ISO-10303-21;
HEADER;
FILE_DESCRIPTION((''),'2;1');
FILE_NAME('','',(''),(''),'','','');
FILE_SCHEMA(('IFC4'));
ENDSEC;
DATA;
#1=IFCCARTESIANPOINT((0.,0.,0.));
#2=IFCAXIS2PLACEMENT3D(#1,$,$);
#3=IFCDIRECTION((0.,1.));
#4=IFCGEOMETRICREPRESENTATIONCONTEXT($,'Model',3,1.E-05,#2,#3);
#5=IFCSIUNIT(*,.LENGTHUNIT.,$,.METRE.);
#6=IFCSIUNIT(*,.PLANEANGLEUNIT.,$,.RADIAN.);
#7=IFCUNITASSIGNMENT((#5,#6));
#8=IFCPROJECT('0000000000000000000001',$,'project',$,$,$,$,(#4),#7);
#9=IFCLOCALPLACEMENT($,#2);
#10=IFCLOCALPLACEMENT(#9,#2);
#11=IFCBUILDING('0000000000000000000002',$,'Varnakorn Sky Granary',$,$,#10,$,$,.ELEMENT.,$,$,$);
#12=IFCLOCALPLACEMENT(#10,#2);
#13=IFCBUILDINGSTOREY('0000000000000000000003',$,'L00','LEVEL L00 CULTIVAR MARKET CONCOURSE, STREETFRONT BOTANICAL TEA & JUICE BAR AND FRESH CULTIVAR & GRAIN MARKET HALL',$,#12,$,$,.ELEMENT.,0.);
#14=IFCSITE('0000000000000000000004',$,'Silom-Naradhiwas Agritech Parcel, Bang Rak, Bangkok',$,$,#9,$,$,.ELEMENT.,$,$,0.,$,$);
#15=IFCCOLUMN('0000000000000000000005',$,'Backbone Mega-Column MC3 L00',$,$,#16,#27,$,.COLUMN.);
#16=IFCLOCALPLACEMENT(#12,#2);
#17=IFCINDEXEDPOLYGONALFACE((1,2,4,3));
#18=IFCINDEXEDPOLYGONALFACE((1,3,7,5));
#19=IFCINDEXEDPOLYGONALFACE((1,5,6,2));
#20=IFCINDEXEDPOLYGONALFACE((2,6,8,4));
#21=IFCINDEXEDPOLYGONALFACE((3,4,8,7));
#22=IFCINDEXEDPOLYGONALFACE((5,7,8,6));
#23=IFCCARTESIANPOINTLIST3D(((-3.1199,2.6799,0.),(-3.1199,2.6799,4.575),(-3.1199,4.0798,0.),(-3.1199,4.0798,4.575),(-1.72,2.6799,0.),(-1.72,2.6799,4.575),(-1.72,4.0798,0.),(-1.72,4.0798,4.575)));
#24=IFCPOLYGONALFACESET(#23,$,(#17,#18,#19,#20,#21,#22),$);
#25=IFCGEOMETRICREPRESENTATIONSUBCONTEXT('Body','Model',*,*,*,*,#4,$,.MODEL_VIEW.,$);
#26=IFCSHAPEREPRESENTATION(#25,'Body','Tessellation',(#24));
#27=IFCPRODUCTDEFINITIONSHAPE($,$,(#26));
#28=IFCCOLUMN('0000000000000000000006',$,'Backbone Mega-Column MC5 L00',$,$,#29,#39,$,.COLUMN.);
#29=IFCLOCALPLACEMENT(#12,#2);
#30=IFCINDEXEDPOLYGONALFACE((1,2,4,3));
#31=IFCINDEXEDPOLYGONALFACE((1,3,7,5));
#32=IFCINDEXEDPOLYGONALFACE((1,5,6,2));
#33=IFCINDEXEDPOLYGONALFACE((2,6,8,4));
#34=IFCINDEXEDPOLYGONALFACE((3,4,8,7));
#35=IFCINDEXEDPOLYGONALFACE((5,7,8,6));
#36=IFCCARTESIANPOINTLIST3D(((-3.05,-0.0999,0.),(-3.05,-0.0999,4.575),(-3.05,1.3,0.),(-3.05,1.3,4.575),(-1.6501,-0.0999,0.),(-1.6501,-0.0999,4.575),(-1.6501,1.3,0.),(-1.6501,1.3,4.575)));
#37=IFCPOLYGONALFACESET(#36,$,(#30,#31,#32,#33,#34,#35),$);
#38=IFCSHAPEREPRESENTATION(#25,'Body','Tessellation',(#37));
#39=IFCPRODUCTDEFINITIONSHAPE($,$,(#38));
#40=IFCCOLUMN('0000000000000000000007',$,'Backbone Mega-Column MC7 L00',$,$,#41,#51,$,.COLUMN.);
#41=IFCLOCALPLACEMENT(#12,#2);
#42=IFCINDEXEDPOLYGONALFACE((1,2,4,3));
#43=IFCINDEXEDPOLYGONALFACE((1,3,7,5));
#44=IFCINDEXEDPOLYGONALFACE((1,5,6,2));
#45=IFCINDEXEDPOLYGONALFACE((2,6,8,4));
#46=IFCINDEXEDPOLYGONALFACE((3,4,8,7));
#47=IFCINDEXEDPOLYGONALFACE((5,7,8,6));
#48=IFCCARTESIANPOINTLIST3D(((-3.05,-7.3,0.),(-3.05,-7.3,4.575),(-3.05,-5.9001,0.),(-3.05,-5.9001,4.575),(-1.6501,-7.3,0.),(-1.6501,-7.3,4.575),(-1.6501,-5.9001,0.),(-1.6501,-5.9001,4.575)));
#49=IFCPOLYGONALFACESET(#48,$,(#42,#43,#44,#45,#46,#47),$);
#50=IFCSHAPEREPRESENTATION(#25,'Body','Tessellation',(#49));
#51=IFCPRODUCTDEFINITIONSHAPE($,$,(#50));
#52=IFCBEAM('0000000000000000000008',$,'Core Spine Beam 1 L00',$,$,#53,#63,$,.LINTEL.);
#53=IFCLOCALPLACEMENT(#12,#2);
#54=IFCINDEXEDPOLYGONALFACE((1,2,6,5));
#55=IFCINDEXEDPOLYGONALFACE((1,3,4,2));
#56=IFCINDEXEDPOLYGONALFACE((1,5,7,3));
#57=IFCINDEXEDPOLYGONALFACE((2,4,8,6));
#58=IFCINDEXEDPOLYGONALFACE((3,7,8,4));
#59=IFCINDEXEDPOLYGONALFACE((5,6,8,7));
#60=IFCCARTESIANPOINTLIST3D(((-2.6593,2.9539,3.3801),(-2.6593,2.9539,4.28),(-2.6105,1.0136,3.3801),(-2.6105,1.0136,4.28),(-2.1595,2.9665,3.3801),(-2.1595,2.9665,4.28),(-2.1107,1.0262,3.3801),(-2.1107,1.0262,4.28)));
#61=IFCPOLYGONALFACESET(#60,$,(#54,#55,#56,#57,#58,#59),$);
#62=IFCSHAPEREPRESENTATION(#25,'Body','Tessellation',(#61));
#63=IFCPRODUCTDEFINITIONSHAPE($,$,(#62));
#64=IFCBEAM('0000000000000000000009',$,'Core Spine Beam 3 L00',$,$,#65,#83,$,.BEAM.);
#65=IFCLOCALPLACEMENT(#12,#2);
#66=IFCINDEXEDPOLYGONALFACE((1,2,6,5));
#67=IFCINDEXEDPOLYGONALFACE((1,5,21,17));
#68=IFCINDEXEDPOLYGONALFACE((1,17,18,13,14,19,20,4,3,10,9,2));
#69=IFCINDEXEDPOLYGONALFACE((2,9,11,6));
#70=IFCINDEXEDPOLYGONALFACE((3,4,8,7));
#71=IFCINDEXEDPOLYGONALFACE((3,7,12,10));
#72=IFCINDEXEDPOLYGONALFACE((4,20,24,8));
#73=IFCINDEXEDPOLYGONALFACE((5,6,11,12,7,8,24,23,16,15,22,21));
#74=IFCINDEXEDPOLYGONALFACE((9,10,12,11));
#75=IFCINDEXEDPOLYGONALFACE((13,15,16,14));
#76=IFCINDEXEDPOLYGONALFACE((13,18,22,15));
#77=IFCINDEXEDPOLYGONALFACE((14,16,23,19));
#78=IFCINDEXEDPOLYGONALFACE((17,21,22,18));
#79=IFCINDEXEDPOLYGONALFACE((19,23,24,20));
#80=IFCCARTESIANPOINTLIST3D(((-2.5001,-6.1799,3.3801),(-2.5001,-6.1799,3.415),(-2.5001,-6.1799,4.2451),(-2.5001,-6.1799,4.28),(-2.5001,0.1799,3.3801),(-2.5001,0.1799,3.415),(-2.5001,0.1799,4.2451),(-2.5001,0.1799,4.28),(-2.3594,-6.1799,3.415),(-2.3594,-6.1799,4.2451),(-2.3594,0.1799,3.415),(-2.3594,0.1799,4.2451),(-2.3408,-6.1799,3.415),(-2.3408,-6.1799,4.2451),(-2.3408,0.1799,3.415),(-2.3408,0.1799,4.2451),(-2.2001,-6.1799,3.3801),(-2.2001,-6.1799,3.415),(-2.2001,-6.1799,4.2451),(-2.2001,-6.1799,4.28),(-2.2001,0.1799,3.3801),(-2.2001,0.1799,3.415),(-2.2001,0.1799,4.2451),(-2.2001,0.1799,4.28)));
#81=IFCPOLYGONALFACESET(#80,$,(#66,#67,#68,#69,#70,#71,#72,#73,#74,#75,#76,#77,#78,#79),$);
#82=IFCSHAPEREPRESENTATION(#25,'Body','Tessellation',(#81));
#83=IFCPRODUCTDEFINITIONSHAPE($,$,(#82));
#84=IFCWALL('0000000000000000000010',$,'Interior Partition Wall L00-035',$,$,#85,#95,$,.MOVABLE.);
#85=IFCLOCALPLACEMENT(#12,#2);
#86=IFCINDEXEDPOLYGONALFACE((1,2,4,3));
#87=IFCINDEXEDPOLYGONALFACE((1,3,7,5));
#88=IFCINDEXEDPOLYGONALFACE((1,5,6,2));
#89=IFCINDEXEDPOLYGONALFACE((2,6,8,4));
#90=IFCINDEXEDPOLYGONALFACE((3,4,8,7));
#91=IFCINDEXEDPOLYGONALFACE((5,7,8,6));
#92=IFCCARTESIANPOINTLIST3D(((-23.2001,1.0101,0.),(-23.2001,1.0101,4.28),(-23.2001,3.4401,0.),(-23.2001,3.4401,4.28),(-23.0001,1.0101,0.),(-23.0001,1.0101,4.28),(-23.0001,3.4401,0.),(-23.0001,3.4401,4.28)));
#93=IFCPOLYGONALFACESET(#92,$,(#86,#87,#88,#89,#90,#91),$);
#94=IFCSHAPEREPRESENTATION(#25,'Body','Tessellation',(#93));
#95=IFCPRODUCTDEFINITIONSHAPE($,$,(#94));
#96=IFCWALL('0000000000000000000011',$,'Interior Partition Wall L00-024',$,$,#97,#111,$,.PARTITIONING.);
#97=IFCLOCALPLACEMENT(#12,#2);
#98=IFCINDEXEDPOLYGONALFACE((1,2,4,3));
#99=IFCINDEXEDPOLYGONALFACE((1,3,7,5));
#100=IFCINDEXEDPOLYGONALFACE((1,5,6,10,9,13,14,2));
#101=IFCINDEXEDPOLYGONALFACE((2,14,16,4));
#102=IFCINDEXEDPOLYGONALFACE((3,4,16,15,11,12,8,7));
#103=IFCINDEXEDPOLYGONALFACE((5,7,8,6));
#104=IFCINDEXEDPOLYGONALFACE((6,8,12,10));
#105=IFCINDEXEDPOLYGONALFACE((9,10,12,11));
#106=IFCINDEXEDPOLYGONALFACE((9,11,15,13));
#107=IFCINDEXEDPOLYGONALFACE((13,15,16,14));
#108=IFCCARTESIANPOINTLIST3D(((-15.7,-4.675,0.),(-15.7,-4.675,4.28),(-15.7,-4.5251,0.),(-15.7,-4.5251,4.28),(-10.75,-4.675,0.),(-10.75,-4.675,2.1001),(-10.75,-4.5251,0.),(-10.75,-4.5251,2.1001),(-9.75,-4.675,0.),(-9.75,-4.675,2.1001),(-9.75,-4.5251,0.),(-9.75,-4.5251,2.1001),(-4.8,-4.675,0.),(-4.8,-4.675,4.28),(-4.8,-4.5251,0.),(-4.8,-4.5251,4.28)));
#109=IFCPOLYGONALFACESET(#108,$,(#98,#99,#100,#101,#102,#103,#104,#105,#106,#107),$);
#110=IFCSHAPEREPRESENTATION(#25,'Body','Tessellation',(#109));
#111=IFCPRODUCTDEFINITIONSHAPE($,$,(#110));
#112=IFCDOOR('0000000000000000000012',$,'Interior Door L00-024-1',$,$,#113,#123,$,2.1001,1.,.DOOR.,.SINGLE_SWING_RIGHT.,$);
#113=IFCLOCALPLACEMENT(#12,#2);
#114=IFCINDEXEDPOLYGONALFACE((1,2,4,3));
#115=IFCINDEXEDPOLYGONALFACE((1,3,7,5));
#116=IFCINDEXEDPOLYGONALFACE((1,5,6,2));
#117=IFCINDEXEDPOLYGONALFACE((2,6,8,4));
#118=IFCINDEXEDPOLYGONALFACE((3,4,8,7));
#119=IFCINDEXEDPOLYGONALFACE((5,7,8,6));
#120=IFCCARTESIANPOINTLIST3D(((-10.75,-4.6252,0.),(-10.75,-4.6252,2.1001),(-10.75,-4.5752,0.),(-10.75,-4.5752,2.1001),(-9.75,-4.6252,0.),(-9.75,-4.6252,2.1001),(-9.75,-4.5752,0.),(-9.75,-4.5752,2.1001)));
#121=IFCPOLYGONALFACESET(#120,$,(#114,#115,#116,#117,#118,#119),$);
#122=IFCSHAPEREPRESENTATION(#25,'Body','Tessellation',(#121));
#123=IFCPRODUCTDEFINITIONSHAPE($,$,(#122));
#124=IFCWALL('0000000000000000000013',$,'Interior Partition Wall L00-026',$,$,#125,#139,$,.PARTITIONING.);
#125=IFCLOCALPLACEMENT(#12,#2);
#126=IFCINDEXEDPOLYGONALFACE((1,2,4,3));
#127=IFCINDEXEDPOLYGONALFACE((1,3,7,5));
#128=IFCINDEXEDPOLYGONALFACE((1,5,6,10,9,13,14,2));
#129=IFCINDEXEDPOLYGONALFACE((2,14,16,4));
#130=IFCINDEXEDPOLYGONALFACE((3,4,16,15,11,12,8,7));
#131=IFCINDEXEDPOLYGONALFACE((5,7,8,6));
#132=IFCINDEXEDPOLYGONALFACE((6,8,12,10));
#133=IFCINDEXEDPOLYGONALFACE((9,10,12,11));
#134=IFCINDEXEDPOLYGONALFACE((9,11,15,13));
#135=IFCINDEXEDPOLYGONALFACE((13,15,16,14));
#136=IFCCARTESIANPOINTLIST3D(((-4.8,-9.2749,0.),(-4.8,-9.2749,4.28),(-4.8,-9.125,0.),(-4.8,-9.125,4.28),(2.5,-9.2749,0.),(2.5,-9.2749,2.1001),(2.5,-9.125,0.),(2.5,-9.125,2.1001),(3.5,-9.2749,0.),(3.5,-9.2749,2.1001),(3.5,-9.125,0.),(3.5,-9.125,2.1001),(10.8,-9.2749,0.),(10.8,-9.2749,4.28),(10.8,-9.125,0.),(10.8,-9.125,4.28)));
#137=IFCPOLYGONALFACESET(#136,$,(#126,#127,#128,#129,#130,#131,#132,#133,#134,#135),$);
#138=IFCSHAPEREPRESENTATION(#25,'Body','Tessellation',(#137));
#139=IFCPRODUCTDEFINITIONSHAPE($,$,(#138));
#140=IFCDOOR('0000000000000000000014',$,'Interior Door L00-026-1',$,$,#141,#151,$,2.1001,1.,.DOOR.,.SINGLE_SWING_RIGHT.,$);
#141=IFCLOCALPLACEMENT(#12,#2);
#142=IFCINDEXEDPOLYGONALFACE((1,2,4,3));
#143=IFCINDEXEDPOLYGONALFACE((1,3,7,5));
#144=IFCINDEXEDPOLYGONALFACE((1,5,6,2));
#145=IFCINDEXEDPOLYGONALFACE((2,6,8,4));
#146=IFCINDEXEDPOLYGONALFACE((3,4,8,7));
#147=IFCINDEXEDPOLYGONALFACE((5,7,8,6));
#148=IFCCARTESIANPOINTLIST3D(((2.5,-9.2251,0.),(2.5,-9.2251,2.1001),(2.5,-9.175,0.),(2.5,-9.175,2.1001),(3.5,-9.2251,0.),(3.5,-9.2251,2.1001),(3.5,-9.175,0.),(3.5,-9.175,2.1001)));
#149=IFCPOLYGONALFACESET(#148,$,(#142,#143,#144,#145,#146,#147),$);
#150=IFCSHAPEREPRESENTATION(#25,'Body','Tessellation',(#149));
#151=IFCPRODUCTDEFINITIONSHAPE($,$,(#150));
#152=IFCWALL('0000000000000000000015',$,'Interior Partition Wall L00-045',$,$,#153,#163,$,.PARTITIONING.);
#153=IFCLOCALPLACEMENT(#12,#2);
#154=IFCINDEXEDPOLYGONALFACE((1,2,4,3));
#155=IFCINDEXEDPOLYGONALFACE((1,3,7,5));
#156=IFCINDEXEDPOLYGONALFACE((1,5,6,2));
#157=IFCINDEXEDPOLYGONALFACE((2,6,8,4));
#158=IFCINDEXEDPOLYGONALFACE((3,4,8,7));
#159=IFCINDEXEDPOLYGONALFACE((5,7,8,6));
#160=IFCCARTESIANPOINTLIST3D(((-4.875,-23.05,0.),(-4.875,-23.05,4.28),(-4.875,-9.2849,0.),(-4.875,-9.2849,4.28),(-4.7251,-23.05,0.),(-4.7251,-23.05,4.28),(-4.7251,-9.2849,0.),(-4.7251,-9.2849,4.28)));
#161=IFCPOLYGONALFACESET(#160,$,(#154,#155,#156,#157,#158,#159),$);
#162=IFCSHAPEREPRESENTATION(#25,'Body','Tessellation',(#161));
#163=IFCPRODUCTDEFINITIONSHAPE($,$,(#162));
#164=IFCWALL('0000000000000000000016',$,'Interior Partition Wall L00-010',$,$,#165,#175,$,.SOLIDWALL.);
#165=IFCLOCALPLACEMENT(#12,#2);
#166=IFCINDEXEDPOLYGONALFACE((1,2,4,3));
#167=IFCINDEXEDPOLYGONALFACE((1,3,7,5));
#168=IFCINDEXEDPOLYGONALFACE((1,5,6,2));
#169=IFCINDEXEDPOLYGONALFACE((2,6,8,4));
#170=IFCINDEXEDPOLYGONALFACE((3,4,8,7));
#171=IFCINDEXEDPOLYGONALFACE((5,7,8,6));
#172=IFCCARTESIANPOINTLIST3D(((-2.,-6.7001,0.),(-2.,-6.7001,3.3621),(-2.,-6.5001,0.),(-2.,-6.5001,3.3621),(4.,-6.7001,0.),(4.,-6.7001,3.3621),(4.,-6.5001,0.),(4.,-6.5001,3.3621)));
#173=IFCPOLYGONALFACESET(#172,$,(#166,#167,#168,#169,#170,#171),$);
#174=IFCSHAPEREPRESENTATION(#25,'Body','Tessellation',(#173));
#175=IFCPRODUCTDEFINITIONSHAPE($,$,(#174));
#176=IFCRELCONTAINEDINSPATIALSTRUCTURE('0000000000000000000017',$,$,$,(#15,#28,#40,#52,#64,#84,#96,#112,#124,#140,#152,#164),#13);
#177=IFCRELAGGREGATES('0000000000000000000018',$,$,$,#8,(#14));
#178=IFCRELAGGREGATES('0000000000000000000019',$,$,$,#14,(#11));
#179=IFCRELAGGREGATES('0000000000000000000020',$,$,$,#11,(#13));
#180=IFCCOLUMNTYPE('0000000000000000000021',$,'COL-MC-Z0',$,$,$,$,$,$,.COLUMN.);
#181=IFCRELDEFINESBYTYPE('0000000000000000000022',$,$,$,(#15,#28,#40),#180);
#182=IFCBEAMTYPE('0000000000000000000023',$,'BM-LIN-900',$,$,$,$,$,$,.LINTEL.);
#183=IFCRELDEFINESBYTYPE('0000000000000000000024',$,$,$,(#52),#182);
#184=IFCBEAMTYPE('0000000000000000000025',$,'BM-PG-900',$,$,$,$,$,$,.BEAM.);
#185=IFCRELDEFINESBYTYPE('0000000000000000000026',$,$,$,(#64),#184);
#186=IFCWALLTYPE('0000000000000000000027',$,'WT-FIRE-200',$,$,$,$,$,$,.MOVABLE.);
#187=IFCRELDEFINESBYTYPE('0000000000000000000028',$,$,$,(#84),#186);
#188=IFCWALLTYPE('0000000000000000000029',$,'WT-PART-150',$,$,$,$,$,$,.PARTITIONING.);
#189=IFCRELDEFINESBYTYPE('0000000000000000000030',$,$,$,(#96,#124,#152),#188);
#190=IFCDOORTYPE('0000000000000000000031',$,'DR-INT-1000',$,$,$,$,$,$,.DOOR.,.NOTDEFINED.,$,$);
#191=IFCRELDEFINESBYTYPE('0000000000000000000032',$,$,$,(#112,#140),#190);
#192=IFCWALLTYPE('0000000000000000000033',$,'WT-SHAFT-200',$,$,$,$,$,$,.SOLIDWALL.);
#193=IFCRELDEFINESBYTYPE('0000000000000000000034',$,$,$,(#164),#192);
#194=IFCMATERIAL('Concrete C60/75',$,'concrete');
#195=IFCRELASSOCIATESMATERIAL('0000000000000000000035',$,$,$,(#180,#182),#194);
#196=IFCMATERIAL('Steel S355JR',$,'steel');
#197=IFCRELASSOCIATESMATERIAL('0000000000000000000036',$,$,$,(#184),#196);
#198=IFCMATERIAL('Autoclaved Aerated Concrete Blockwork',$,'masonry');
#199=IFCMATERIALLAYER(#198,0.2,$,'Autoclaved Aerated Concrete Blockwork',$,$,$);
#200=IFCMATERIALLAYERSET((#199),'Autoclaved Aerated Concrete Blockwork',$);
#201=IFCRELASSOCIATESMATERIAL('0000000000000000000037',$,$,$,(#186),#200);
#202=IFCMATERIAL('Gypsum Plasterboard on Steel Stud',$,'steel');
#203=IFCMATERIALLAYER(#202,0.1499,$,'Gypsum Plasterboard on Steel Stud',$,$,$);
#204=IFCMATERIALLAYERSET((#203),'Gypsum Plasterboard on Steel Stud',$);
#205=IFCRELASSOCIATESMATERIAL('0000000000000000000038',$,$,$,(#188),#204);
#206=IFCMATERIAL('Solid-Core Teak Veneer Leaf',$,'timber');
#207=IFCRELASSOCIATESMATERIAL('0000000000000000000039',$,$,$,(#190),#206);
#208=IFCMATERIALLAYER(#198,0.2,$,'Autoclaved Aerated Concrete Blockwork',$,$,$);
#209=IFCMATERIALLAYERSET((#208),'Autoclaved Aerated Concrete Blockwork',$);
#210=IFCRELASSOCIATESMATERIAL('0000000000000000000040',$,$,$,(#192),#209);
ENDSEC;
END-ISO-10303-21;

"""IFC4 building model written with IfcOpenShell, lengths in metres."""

from ifc_helpers import new_model, si_unit, direction, frame, frame_2d, origin, origin_2d, place, context, subcontext, project, spatial, rectangle, i_section, extrude, material, layer, layer_set, material_profile, profile_set, type_object, element, fill, save


model = new_model("IFC4")

# Units and contexts
model_context = context("Model", 3, precision=1e-05, world=origin(), true_north=direction((0.0, 1.0)))
body_context = subcontext(model_context, "Body", "Model", "MODEL_VIEW")
ifc_project = project(units=[si_unit("LENGTHUNIT", "METRE"), si_unit("PLANEANGLEUNIT", "RADIAN")], contexts=[model_context])

# Site, building, storey
site_placement = place(None, origin())
site = spatial("IfcSite", under=ifc_project, at=site_placement, Name="Silom-Naradhiwas Agritech Parcel, Bang Rak, Bangkok", CompositionType="ELEMENT", RefElevation=0.0)
building_placement = place(site_placement, origin())
building = spatial("IfcBuilding", under=site, at=building_placement, Name="Varnakorn Sky Granary", CompositionType="ELEMENT")
storey_placement = place(building_placement, origin())
storey = spatial("IfcBuildingStorey", under=building, at=storey_placement, Name="L00", Description="LEVEL L00 CULTIVAR MARKET CONCOURSE, STREETFRONT BOTANICAL TEA & JUICE BAR AND FRESH CULTIVAR & GRAIN MARKET HALL", CompositionType="ELEMENT", Elevation=0.0)

# Columns
ifc_material_1 = material(Name="Concrete C60/75", Category="concrete")
ifc_material_profile_1 = material_profile(ifc_material_1, rectangle(XDim=1.3999, YDim=1.3999, at=origin_2d()), Name="RC 1400x1400")
ifc_profile_set_1 = profile_set([ifc_material_profile_1], Name="Concrete C60/75")
column_type = type_object("IfcColumnType", Name="COL-MC-Z0", PredefinedType="COLUMN", material=ifc_profile_set_1)
for number, where, z_axis, x_axis, name in (
    (1, (-2.4199, 3.3799, 0.0), (0.0, 0.0, 1.0), (1.0, 0.0, 0.0), "Backbone Mega-Column MC3 L00"),
    (2, (-2.3501, 0.6001, 0.0), (0.0, 0.0, 1.0), (1.0, 0.0, 0.0), "Backbone Mega-Column MC5 L00"),
    (3, (-2.3501, -6.6001, 0.0), (0.0, 0.0, 1.0), (1.0, 0.0, 0.0), "Backbone Mega-Column MC7 L00"),
):
    element("IfcColumn", number, at=place(storey_placement, frame(where, z_axis=z_axis, x_axis=x_axis)), inside=storey, type_object=column_type, Name=name, PredefinedType="COLUMN", context=body_context, shape_type="SweptSolid", body=[
        extrude(rectangle(XDim=1.3999, YDim=1.3999, at=origin_2d()), origin(), (0.0, 0.0, 1.0), 4.575),
    ])

# Beams
ifc_material_profile_2 = material_profile(ifc_material_1, rectangle(XDim=0.5, YDim=0.8999, at=origin_2d()), Name="RC 500x900")
ifc_profile_set_2 = profile_set([ifc_material_profile_2], Name="Concrete C60/75")
beam_type_1 = type_object("IfcBeamType", Name="BM-LIN-900", PredefinedType="LINTEL", material=ifc_profile_set_2)
beam_1_placement = place(storey_placement, frame((-2.4094, 2.9602, 3.8301), z_axis=(0.025159, -0.999683, 0.0), x_axis=(0.999683, 0.025159, 0.0)))
element("IfcBeam", 4, at=beam_1_placement, inside=storey, type_object=beam_type_1, Name="Core Spine Beam 1 L00", PredefinedType="LINTEL", context=body_context, shape_type="SweptSolid", body=[
    extrude(rectangle(XDim=0.5, YDim=0.8999, at=origin_2d()), origin(), (0.0, 0.0, 1.0), 1.9409),
])
ifc_material_2 = material(Name="Steel S355JR", Category="steel")
ifc_material_profile_3 = material_profile(ifc_material_2, i_section(OverallWidth=0.3, OverallDepth=0.8999, WebThickness=0.0186, FlangeThickness=0.0349, at=origin_2d()), Name="HE 900 B")
ifc_profile_set_3 = profile_set([ifc_material_profile_3], Name="Steel S355JR")
beam_type_2 = type_object("IfcBeamType", Name="BM-PG-900", PredefinedType="BEAM", material=ifc_profile_set_3)
beam_2_placement = place(storey_placement, frame((-2.3501, 0.1799, 3.8301), z_axis=(0.0, -1.0, 0.0), x_axis=(1.0, 0.0, 0.0)))
element("IfcBeam", 5, at=beam_2_placement, inside=storey, type_object=beam_type_2, Name="Core Spine Beam 3 L00", PredefinedType="BEAM", context=body_context, shape_type="SweptSolid", body=[
    extrude(i_section(OverallWidth=0.3, OverallDepth=0.8999, WebThickness=0.0186, FlangeThickness=0.0349, at=origin_2d()), origin(), (0.0, 0.0, 1.0), 6.3599),
])

# Wall
ifc_material_3 = material(Name="Autoclaved Aerated Concrete Blockwork", Category="masonry")
ifc_layer_1 = layer(ifc_material_3, 0.2, Name="Autoclaved Aerated Concrete Blockwork")
ifc_layer_set_1 = layer_set([ifc_layer_1], Name="Autoclaved Aerated Concrete Blockwork")
wall_type_1 = type_object("IfcWallType", Name="WT-FIRE-200", PredefinedType="MOVABLE", material=ifc_layer_set_1)
wall_1_placement = place(storey_placement, frame((-23.1001, 3.4399, 0.0), z_axis=(0.0, 0.0, 1.0), x_axis=(0.0, -1.0, 0.0)))
element("IfcWall", 6, at=wall_1_placement, inside=storey, type_object=wall_type_1, Name="Interior Partition Wall L00-035", PredefinedType="MOVABLE", context=body_context, shape_type="SweptSolid", body=[
    extrude(rectangle(XDim=2.4299, YDim=0.2, at=frame_2d((1.2148, 0.0))), origin(), (0.0, 0.0, 1.0), 4.28),
])

# Walls, openings, doors
ifc_material_4 = material(Name="Gypsum Plasterboard on Steel Stud", Category="steel")
ifc_layer_2 = layer(ifc_material_4, 0.1499, Name="Gypsum Plasterboard on Steel Stud")
ifc_layer_set_2 = layer_set([ifc_layer_2], Name="Gypsum Plasterboard on Steel Stud")
wall_type_2 = type_object("IfcWallType", Name="WT-PART-150", PredefinedType="PARTITIONING", material=ifc_layer_set_2)
wall_2_placement = place(storey_placement, frame((-15.7, -4.6001, 0.0), z_axis=(0.0, 0.0, 1.0), x_axis=(1.0, 0.0, 0.0)))
wall_2 = element("IfcWall", 7, at=wall_2_placement, inside=storey, type_object=wall_type_2, Name="Interior Partition Wall L00-024", PredefinedType="PARTITIONING", context=body_context, shape_type="SweptSolid", body=[
    extrude(rectangle(XDim=10.8999, YDim=0.1499, at=frame_2d((5.45, 0.0))), origin(), (0.0, 0.0, 1.0), 4.28),
])
opening_1_placement = place(wall_2_placement, frame((4.95, 0.0, 0.0)))
opening_1 = element("IfcOpeningElement", 8, at=opening_1_placement, cuts=wall_2, PredefinedType="OPENING", context=body_context, shape_type="SweptSolid", body=[
    extrude(rectangle(XDim=1.0, YDim=2.1001, at=frame_2d((0.5, 1.05))), frame((0.0, 0.085, 0.0), z_axis=(0.0, -1.0, 0.0), x_axis=(1.0, 0.0, 0.0)), (0.0, 0.0, 1.0), 0.1699),
])
ifc_material_5 = material(Name="Solid-Core Teak Veneer Leaf", Category="timber")
door_type = type_object("IfcDoorType", Name="DR-INT-1000", OperationType="NOTDEFINED", PredefinedType="DOOR", material=ifc_material_5)
door_1_placement = place(opening_1_placement, origin())
door_1 = element("IfcDoor", 9, at=door_1_placement, inside=storey, type_object=door_type, Name="Interior Door L00-024-1", OperationType="SINGLE_SWING_RIGHT", OverallHeight=2.1001, OverallWidth=1.0, PredefinedType="DOOR", context=body_context, shape_type="SweptSolid", body=[
    extrude(rectangle(XDim=1.0, YDim=2.1001, at=frame_2d((0.5, 1.05))), frame((0.0, 0.0249, 0.0), z_axis=(0.0, -1.0, 0.0), x_axis=(1.0, 0.0, 0.0)), (0.0, 0.0, 1.0), 0.05),
])
fill(opening_1, door_1)
wall_3_placement = place(storey_placement, frame((-4.8, -9.2, 0.0), z_axis=(0.0, 0.0, 1.0), x_axis=(1.0, 0.0, 0.0)))
wall_3 = element("IfcWall", 10, at=wall_3_placement, inside=storey, type_object=wall_type_2, Name="Interior Partition Wall L00-026", PredefinedType="PARTITIONING", context=body_context, shape_type="SweptSolid", body=[
    extrude(rectangle(XDim=15.6001, YDim=0.1499, at=frame_2d((7.8, 0.0))), origin(), (0.0, 0.0, 1.0), 4.28),
])
opening_2_placement = place(wall_3_placement, frame((7.3, 0.0, 0.0)))
opening_2 = element("IfcOpeningElement", 11, at=opening_2_placement, cuts=wall_3, PredefinedType="OPENING", context=body_context, shape_type="SweptSolid", body=[
    extrude(rectangle(XDim=1.0, YDim=2.1001, at=frame_2d((0.5, 1.05))), frame((0.0, 0.085, 0.0), z_axis=(0.0, -1.0, 0.0), x_axis=(1.0, 0.0, 0.0)), (0.0, 0.0, 1.0), 0.1699),
])
door_2_placement = place(opening_2_placement, origin())
door_2 = element("IfcDoor", 12, at=door_2_placement, inside=storey, type_object=door_type, Name="Interior Door L00-026-1", OperationType="SINGLE_SWING_RIGHT", OverallHeight=2.1001, OverallWidth=1.0, PredefinedType="DOOR", context=body_context, shape_type="SweptSolid", body=[
    extrude(rectangle(XDim=1.0, YDim=2.1001, at=frame_2d((0.5, 1.05))), frame((0.0, 0.0249, 0.0), z_axis=(0.0, -1.0, 0.0), x_axis=(1.0, 0.0, 0.0)), (0.0, 0.0, 1.0), 0.05),
])
fill(opening_2, door_2)

# Walls
wall_4_placement = place(storey_placement, frame((-4.8, -9.2849, 0.0), z_axis=(0.0, 0.0, 1.0), x_axis=(0.0, -1.0, 0.0)))
element("IfcWall", 13, at=wall_4_placement, inside=storey, type_object=wall_type_2, Name="Interior Partition Wall L00-045", PredefinedType="PARTITIONING", context=body_context, shape_type="SweptSolid", body=[
    extrude(rectangle(XDim=13.7651, YDim=0.1499, at=frame_2d((6.8826, 0.0))), origin(), (0.0, 0.0, 1.0), 4.28),
])
ifc_layer_3 = layer(ifc_material_3, 0.2, Name="Autoclaved Aerated Concrete Blockwork")
ifc_layer_set_3 = layer_set([ifc_layer_3], Name="Autoclaved Aerated Concrete Blockwork")
wall_type_3 = type_object("IfcWallType", Name="WT-SHAFT-200", PredefinedType="SOLIDWALL", material=ifc_layer_set_3)
wall_5_placement = place(storey_placement, frame((-2.0, -6.6001, 0.0), z_axis=(0.0, 0.0, 1.0), x_axis=(1.0, 0.0, 0.0)))
element("IfcWall", 14, at=wall_5_placement, inside=storey, type_object=wall_type_3, Name="Interior Partition Wall L00-010", PredefinedType="SOLIDWALL", context=body_context, shape_type="SweptSolid", body=[
    extrude(rectangle(XDim=6.0, YDim=0.2, at=frame_2d((3.0, 0.0))), origin(), (0.0, 0.0, 1.0), 3.3621),
])

save(model, "model.ifc")
